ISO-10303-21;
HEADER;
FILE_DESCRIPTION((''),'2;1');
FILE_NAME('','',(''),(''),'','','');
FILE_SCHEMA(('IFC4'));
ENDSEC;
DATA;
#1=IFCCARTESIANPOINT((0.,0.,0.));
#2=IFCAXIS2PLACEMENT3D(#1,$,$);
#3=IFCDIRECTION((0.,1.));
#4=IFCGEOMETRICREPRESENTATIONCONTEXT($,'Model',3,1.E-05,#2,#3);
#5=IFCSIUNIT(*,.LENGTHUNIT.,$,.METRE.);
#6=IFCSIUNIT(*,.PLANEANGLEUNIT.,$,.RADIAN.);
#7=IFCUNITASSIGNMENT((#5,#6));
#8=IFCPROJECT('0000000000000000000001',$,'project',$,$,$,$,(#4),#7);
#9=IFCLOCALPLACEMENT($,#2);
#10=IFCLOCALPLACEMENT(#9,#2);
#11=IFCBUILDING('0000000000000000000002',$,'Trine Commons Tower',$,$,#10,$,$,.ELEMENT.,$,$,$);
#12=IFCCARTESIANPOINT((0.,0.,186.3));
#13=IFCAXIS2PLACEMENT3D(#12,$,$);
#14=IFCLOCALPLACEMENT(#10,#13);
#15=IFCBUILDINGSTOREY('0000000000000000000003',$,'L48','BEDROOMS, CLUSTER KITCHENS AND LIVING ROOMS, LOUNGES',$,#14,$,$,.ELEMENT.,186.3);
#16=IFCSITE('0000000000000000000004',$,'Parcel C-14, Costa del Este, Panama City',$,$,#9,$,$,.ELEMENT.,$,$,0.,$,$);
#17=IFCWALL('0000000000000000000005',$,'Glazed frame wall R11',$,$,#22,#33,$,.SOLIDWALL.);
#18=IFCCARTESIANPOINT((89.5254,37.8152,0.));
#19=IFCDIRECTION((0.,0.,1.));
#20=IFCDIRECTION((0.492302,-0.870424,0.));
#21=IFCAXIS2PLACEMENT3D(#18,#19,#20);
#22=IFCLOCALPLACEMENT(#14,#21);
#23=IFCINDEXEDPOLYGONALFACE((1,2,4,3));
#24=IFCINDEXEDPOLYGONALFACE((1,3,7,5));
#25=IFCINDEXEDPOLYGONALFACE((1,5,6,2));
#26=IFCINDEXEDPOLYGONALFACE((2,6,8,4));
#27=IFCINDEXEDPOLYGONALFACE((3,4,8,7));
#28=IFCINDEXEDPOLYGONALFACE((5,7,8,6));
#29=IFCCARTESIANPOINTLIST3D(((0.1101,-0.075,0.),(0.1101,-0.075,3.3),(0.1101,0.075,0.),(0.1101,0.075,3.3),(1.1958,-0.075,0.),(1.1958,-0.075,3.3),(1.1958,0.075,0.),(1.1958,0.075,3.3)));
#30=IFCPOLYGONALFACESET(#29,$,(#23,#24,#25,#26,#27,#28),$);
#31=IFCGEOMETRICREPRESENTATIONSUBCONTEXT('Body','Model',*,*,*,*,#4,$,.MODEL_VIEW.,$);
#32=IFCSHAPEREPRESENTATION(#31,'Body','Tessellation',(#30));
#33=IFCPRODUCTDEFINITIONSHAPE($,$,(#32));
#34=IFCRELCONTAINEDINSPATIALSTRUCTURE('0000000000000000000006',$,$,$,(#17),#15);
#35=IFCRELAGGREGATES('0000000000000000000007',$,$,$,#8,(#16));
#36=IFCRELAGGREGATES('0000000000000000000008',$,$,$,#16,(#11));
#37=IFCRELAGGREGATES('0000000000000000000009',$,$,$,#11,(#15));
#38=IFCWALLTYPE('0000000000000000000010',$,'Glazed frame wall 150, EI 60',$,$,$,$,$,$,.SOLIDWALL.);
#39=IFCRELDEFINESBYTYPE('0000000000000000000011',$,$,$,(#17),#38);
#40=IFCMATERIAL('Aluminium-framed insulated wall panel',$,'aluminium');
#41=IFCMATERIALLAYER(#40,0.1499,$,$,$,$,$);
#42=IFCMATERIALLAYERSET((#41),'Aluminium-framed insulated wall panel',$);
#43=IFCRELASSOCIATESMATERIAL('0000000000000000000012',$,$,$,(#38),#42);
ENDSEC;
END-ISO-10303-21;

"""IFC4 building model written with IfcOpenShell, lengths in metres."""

from ifc_helpers import new_model, si_unit, direction, frame, origin, place, context, subcontext, project, spatial, polyline, outline, extrude, material, layer, layer_set, type_object, element, save


model = new_model("IFC4")

# Units and contexts
model_context = context("Model", 3, precision=1e-05, world=origin(), true_north=direction((0.0, 1.0)))
body_context = subcontext(model_context, "Body", "Model", "MODEL_VIEW")
ifc_project = project(units=[si_unit("LENGTHUNIT", "METRE"), si_unit("PLANEANGLEUNIT", "RADIAN")], contexts=[model_context])

# Site, building, storey
site_placement = place(None, origin())
site = spatial("IfcSite", under=ifc_project, at=site_placement, Name="Parcel C-14, Costa del Este, Panama City", CompositionType="ELEMENT", RefElevation=0.0)
building_placement = place(site_placement, origin())
building = spatial("IfcBuilding", under=site, at=building_placement, Name="Trine Commons Tower", CompositionType="ELEMENT")
storey_placement = place(building_placement, frame((0.0, 0.0, 186.3)))
storey = spatial("IfcBuildingStorey", under=building, at=storey_placement, Name="L48", Description="BEDROOMS, CLUSTER KITCHENS AND LIVING ROOMS, LOUNGES", CompositionType="ELEMENT", Elevation=186.3)

# Wall
ifc_material_1 = material(Name="Aluminium-framed insulated wall panel", Category="aluminium")
ifc_layer_1 = layer(ifc_material_1, 0.1499)
ifc_layer_set_1 = layer_set([ifc_layer_1], Name="Aluminium-framed insulated wall panel")
wall_type_1 = type_object("IfcWallType", Name="Glazed frame wall 150, EI 60", PredefinedType="SOLIDWALL", material=ifc_layer_set_1)
wall_1_placement = place(storey_placement, frame((89.5254, 37.8152, 0.0), z_axis=(0.0, 0.0, 1.0), x_axis=(0.492302, -0.870424, 0.0)))
element("IfcWall", 1, at=wall_1_placement, inside=storey, type_object=wall_type_1, Name="Glazed frame wall R11", PredefinedType="SOLIDWALL", context=body_context, shape_type="SweptSolid", body=[
    extrude(outline(polyline([(0.1101, 0.075), (0.1101, -0.075), (1.1958, -0.075), (1.1958, 0.075), (0.1101, 0.075)])), origin(), (0.0, 0.0, 1.0), 3.3),
])

save(model, "model.ifc")
